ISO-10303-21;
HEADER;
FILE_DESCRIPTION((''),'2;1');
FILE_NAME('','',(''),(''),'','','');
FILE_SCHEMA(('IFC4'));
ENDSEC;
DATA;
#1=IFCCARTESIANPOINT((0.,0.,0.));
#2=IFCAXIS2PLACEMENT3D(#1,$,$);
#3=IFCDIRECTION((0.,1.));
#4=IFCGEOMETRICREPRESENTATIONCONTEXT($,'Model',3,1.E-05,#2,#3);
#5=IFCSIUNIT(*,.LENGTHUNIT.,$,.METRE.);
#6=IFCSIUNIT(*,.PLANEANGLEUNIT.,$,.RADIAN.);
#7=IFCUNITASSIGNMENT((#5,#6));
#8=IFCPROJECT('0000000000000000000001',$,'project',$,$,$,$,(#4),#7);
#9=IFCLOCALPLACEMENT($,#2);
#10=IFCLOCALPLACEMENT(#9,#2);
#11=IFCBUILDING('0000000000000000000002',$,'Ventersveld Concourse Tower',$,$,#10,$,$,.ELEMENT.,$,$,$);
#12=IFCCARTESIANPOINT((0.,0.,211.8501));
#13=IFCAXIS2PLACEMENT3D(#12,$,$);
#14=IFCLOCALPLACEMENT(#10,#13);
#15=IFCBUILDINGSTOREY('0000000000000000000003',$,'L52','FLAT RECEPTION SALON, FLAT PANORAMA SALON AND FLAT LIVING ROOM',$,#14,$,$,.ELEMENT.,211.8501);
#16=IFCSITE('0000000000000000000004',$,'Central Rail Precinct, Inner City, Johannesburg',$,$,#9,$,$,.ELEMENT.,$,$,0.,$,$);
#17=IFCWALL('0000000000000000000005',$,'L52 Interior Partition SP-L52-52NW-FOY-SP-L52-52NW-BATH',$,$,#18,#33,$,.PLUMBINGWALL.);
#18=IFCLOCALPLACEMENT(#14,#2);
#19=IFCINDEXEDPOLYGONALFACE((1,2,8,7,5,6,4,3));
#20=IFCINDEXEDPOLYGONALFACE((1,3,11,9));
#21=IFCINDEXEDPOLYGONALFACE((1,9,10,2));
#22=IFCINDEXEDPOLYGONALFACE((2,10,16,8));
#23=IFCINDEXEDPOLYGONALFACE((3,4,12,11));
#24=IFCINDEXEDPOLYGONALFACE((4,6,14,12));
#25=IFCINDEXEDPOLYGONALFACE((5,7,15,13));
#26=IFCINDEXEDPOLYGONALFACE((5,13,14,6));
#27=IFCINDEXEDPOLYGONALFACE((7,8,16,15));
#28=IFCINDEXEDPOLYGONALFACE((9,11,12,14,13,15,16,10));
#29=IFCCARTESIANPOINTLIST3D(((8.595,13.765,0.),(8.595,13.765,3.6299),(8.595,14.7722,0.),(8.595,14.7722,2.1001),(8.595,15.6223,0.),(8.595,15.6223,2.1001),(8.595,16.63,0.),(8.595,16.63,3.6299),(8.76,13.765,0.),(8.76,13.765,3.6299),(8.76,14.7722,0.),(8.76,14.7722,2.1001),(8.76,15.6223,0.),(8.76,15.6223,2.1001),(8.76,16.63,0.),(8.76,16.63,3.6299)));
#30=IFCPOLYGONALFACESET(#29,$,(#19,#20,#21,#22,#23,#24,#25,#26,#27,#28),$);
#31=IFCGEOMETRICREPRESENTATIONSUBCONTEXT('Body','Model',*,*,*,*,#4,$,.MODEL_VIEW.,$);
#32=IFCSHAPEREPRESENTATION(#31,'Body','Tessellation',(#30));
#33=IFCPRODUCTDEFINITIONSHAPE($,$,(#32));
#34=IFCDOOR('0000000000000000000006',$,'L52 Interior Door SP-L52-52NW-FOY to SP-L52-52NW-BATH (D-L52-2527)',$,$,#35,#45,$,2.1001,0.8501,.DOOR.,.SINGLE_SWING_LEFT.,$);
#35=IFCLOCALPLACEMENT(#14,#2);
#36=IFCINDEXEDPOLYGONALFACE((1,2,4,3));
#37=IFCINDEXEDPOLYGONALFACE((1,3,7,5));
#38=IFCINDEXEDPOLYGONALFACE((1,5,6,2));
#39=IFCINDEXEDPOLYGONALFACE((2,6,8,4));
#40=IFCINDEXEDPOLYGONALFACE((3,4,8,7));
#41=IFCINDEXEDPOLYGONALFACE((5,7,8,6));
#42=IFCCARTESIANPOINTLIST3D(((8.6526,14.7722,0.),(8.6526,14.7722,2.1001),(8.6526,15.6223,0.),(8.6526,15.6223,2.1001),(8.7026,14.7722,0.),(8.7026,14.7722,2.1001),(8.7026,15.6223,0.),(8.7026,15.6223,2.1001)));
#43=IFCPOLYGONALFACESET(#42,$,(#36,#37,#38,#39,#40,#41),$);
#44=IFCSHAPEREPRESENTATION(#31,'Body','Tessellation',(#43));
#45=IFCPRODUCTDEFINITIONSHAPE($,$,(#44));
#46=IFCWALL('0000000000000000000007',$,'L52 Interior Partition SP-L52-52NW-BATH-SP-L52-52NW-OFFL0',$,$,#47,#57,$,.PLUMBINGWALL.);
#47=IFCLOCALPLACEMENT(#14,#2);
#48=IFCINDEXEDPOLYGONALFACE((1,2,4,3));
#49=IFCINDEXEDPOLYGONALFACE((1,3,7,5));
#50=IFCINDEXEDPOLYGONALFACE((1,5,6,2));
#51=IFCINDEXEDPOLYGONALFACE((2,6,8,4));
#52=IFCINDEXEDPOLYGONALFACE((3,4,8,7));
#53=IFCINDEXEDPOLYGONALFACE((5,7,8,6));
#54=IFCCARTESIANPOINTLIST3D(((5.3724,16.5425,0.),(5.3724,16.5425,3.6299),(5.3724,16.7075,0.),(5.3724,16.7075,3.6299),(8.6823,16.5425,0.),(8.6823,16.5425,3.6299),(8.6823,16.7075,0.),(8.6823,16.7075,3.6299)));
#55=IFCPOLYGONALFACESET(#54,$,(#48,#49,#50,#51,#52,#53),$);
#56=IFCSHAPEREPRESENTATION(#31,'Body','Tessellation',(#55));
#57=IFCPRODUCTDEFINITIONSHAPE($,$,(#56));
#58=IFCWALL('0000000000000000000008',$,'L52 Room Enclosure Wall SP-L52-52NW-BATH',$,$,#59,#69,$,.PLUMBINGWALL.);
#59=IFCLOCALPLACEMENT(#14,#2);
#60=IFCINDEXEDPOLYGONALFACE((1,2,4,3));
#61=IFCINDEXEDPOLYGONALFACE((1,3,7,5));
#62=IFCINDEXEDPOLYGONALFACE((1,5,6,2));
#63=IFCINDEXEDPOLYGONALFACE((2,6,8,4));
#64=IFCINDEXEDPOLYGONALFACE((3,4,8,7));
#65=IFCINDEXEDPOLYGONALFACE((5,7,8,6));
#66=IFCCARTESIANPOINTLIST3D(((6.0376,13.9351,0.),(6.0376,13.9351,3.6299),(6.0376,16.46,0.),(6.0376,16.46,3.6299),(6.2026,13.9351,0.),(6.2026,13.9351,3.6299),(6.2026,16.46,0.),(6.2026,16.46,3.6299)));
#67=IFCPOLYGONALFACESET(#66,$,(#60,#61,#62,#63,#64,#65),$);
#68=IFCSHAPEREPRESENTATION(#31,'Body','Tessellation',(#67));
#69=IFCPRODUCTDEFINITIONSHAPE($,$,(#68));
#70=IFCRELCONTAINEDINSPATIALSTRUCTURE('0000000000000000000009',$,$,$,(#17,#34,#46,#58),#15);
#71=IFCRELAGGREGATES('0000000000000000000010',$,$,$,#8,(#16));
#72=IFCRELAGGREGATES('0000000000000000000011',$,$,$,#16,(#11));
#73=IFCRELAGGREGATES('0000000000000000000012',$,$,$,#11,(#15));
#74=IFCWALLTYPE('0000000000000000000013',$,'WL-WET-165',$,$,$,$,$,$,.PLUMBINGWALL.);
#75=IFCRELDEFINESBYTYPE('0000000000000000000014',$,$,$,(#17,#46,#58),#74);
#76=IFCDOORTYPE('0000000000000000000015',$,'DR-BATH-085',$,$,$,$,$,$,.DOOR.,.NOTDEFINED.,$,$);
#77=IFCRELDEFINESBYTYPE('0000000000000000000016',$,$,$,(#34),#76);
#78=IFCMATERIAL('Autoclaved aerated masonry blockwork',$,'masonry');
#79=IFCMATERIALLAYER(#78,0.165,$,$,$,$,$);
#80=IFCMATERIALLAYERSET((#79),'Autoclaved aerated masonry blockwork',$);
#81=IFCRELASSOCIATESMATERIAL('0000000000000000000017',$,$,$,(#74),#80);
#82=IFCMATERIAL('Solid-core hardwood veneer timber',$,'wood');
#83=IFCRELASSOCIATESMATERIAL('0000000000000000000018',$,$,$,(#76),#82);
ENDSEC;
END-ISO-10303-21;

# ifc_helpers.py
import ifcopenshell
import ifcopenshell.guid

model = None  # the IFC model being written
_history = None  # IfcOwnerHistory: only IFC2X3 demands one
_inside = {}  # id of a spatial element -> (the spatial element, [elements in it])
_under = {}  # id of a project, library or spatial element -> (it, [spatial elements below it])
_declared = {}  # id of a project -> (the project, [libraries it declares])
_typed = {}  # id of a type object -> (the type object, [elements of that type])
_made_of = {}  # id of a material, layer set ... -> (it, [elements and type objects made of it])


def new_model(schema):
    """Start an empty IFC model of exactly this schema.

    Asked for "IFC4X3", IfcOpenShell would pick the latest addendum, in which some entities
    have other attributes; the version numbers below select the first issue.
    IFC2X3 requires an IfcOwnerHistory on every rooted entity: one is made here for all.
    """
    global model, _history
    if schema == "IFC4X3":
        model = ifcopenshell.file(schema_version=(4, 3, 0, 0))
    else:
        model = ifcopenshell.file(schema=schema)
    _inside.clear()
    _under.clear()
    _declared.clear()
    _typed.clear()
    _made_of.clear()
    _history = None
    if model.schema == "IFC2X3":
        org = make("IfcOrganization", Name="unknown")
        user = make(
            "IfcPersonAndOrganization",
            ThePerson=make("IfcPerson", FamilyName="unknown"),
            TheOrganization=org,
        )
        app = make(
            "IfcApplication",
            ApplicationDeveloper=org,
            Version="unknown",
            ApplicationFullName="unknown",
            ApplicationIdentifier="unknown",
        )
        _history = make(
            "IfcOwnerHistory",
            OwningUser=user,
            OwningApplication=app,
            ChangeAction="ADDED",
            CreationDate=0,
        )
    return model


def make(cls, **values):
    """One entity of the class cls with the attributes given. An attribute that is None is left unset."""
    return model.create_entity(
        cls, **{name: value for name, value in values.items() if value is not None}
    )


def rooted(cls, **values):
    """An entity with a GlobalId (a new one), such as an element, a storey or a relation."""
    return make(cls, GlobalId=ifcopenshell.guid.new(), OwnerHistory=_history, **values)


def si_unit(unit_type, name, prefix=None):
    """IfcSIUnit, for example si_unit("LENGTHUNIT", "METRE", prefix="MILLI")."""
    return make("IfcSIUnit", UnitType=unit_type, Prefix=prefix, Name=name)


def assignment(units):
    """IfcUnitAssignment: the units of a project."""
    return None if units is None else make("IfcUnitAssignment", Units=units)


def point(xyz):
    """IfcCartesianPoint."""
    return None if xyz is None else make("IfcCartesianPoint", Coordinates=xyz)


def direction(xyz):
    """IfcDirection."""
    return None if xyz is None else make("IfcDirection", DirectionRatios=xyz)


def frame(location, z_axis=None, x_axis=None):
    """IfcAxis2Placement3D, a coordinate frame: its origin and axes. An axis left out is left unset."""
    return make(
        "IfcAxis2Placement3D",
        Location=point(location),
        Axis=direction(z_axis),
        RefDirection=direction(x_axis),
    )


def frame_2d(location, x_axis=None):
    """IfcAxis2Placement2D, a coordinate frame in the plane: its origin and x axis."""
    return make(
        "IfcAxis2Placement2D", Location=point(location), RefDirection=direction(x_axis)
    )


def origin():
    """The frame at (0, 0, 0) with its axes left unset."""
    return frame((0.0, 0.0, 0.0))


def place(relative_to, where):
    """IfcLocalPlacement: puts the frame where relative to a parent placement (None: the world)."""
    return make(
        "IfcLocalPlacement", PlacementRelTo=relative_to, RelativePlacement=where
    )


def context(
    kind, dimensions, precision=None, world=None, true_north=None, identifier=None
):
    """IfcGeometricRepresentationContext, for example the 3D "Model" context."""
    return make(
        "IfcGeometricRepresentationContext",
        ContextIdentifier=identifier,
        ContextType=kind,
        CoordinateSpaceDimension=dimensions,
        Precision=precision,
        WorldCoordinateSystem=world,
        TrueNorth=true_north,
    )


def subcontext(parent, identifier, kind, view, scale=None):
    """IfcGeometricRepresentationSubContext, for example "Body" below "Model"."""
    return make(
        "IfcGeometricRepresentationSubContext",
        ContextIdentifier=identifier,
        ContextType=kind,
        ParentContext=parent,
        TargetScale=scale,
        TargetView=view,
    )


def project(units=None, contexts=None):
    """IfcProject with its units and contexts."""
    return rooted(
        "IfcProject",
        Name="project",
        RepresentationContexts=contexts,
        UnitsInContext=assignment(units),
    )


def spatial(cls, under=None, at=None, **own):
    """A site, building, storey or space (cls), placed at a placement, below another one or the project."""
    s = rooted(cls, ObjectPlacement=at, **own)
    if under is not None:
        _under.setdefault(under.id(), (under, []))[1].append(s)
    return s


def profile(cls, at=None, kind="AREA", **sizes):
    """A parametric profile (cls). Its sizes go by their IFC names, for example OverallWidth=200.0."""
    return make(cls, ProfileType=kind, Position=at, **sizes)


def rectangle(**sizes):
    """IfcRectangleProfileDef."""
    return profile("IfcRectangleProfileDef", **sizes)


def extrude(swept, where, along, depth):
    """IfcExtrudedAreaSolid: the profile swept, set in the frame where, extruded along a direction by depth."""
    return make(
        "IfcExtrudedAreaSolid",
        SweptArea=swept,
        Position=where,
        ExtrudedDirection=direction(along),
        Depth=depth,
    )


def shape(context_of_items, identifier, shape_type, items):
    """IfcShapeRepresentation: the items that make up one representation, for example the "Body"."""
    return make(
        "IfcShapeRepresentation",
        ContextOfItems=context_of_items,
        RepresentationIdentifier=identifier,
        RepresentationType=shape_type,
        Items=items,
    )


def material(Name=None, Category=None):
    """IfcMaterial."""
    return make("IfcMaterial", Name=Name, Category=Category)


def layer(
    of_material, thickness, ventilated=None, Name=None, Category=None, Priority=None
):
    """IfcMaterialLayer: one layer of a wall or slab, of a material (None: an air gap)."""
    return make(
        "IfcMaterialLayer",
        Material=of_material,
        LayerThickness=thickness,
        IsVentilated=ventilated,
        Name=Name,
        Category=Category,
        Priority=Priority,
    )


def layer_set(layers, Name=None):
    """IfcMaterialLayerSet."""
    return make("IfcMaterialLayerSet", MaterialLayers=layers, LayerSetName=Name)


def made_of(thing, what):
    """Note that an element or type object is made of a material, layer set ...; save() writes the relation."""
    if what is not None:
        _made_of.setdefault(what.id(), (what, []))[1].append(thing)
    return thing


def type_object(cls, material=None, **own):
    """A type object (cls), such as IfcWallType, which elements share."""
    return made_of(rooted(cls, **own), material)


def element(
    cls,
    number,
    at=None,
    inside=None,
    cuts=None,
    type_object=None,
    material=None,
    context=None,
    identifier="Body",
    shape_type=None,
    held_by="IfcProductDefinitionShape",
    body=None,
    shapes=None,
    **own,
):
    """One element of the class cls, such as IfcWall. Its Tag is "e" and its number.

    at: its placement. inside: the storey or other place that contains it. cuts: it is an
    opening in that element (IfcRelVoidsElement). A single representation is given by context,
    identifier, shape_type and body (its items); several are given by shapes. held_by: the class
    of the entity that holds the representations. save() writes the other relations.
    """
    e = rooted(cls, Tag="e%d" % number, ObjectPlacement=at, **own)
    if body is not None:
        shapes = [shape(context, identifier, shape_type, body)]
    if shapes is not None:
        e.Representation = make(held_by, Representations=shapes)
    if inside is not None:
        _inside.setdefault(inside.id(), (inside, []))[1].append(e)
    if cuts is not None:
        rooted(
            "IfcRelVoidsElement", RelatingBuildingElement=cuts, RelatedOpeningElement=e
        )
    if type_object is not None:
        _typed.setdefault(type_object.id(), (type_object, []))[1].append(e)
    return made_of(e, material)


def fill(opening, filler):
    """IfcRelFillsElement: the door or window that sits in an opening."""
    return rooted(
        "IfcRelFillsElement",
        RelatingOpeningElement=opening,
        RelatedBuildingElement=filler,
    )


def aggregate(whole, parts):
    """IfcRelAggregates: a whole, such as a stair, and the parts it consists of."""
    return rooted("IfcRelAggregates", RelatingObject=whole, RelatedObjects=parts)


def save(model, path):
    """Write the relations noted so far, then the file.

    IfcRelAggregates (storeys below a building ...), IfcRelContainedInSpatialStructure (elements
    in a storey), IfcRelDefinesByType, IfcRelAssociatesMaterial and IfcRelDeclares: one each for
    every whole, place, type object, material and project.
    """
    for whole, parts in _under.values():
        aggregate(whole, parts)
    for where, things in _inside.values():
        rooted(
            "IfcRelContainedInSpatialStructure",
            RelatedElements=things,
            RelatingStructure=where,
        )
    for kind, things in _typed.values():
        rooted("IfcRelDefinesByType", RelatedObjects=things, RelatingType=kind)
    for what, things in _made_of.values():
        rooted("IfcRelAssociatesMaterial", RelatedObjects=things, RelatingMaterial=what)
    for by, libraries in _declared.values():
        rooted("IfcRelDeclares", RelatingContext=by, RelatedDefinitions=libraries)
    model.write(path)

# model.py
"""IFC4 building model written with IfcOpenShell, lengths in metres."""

from ifc_helpers import new_model, si_unit, direction, frame, frame_2d, origin, place, context, subcontext, project, spatial, rectangle, extrude, material, layer, layer_set, type_object, element, fill, save


model = new_model("IFC4")

# Units and contexts
model_context = context("Model", 3, precision=1e-05, world=origin(), true_north=direction((0.0, 1.0)))
body_context = subcontext(model_context, "Body", "Model", "MODEL_VIEW")
ifc_project = project(units=[si_unit("LENGTHUNIT", "METRE"), si_unit("PLANEANGLEUNIT", "RADIAN")], contexts=[model_context])

# Site, building, storey
site_placement = place(None, origin())
site = spatial("IfcSite", under=ifc_project, at=site_placement, Name="Central Rail Precinct, Inner City, Johannesburg", CompositionType="ELEMENT", RefElevation=0.0)
building_placement = place(site_placement, origin())
building = spatial("IfcBuilding", under=site, at=building_placement, Name="Ventersveld Concourse Tower", CompositionType="ELEMENT")
storey_placement = place(building_placement, frame((0.0, 0.0, 211.8501)))
storey = spatial("IfcBuildingStorey", under=building, at=storey_placement, Name="L52", Description="FLAT RECEPTION SALON, FLAT PANORAMA SALON AND FLAT LIVING ROOM", CompositionType="ELEMENT", Elevation=211.8501)

# Shared definitions
ifc_material_1 = material(Name="Solid-core hardwood veneer timber", Category="wood")

# Shared definitions
ifc_material_2 = material(Name="Autoclaved aerated masonry blockwork", Category="masonry")

# Wall, opening, door
ifc_layer_1 = layer(ifc_material_2, 0.165)
ifc_layer_set_1 = layer_set([ifc_layer_1], Name="Autoclaved aerated masonry blockwork")
wall_type_1 = type_object("IfcWallType", Name="WL-WET-165", PredefinedType="PLUMBINGWALL", material=ifc_layer_set_1)
wall_1_placement = place(storey_placement, frame((8.6775, 13.7649, 0.0), z_axis=(0.0, 0.0, 1.0), x_axis=(0.0, 1.0, 0.0)))
wall_1 = element("IfcWall", 1, at=wall_1_placement, inside=storey, type_object=wall_type_1, Name="L52 Interior Partition SP-L52-52NW-FOY-SP-L52-52NW-BATH", PredefinedType="PLUMBINGWALL", context=body_context, shape_type="SweptSolid", body=[
    extrude(rectangle(XDim=2.865, YDim=0.165, at=frame_2d((1.4326, 0.0))), origin(), (0.0, 0.0, 1.0), 3.6299),
])
opening_1_placement = place(wall_1_placement, frame((1.0073, 0.0, 0.0)))
opening_1 = element("IfcOpeningElement", 2, at=opening_1_placement, cuts=wall_1, PredefinedType="OPENING", context=body_context, shape_type="SweptSolid", body=[
    extrude(rectangle(XDim=0.8501, YDim=2.1001, at=frame_2d((0.425, 1.05))), frame((0.0, 0.0925, 0.0), z_axis=(0.0, -1.0, 0.0), x_axis=(1.0, 0.0, 0.0)), (0.0, 0.0, 1.0), 0.1851),
])
door_type_1 = type_object("IfcDoorType", Name="DR-BATH-085", OperationType="NOTDEFINED", PredefinedType="DOOR", material=ifc_material_1)
door_1_placement = place(opening_1_placement, origin())
door_1 = element("IfcDoor", 3, at=door_1_placement, inside=storey, type_object=door_type_1, Name="L52 Interior Door SP-L52-52NW-FOY to SP-L52-52NW-BATH (D-L52-2527)", OperationType="SINGLE_SWING_LEFT", OverallHeight=2.1001, OverallWidth=0.8501, PredefinedType="DOOR", context=body_context, shape_type="SweptSolid", body=[
    extrude(rectangle(XDim=0.8501, YDim=2.1001, at=frame_2d((0.425, 1.05))), frame((0.0, 0.0249, 0.0), z_axis=(0.0, -1.0, 0.0), x_axis=(1.0, 0.0, 0.0)), (0.0, 0.0, 1.0), 0.05),
])
fill(opening_1, door_1)

# Walls
wall_2_placement = place(storey_placement, frame((5.3726, 16.625, 0.0), z_axis=(0.0, 0.0, 1.0), x_axis=(1.0, 0.0, 0.0)))
element("IfcWall", 4, at=wall_2_placement, inside=storey, type_object=wall_type_1, Name="L52 Interior Partition SP-L52-52NW-BATH-SP-L52-52NW-OFFL0", PredefinedType="PLUMBINGWALL", context=body_context, shape_type="SweptSolid", body=[
    extrude(rectangle(XDim=3.3098, YDim=0.165, at=frame_2d((1.6548, 0.0))), origin(), (0.0, 0.0, 1.0), 3.6299),
])
wall_3_placement = place(storey_placement, frame((6.1201, 13.9351, 0.0), z_axis=(0.0, 0.0, 1.0), x_axis=(0.0, 1.0, 0.0)))
element("IfcWall", 5, at=wall_3_placement, inside=storey, type_object=wall_type_1, Name="L52 Room Enclosure Wall SP-L52-52NW-BATH", PredefinedType="PLUMBINGWALL", context=body_context, shape_type="SweptSolid", body=[
    extrude(rectangle(XDim=2.5249, YDim=0.165, at=frame_2d((1.2625, 0.0))), origin(), (0.0, 0.0, 1.0), 3.6299),
])

save(model, "model.ifc")
